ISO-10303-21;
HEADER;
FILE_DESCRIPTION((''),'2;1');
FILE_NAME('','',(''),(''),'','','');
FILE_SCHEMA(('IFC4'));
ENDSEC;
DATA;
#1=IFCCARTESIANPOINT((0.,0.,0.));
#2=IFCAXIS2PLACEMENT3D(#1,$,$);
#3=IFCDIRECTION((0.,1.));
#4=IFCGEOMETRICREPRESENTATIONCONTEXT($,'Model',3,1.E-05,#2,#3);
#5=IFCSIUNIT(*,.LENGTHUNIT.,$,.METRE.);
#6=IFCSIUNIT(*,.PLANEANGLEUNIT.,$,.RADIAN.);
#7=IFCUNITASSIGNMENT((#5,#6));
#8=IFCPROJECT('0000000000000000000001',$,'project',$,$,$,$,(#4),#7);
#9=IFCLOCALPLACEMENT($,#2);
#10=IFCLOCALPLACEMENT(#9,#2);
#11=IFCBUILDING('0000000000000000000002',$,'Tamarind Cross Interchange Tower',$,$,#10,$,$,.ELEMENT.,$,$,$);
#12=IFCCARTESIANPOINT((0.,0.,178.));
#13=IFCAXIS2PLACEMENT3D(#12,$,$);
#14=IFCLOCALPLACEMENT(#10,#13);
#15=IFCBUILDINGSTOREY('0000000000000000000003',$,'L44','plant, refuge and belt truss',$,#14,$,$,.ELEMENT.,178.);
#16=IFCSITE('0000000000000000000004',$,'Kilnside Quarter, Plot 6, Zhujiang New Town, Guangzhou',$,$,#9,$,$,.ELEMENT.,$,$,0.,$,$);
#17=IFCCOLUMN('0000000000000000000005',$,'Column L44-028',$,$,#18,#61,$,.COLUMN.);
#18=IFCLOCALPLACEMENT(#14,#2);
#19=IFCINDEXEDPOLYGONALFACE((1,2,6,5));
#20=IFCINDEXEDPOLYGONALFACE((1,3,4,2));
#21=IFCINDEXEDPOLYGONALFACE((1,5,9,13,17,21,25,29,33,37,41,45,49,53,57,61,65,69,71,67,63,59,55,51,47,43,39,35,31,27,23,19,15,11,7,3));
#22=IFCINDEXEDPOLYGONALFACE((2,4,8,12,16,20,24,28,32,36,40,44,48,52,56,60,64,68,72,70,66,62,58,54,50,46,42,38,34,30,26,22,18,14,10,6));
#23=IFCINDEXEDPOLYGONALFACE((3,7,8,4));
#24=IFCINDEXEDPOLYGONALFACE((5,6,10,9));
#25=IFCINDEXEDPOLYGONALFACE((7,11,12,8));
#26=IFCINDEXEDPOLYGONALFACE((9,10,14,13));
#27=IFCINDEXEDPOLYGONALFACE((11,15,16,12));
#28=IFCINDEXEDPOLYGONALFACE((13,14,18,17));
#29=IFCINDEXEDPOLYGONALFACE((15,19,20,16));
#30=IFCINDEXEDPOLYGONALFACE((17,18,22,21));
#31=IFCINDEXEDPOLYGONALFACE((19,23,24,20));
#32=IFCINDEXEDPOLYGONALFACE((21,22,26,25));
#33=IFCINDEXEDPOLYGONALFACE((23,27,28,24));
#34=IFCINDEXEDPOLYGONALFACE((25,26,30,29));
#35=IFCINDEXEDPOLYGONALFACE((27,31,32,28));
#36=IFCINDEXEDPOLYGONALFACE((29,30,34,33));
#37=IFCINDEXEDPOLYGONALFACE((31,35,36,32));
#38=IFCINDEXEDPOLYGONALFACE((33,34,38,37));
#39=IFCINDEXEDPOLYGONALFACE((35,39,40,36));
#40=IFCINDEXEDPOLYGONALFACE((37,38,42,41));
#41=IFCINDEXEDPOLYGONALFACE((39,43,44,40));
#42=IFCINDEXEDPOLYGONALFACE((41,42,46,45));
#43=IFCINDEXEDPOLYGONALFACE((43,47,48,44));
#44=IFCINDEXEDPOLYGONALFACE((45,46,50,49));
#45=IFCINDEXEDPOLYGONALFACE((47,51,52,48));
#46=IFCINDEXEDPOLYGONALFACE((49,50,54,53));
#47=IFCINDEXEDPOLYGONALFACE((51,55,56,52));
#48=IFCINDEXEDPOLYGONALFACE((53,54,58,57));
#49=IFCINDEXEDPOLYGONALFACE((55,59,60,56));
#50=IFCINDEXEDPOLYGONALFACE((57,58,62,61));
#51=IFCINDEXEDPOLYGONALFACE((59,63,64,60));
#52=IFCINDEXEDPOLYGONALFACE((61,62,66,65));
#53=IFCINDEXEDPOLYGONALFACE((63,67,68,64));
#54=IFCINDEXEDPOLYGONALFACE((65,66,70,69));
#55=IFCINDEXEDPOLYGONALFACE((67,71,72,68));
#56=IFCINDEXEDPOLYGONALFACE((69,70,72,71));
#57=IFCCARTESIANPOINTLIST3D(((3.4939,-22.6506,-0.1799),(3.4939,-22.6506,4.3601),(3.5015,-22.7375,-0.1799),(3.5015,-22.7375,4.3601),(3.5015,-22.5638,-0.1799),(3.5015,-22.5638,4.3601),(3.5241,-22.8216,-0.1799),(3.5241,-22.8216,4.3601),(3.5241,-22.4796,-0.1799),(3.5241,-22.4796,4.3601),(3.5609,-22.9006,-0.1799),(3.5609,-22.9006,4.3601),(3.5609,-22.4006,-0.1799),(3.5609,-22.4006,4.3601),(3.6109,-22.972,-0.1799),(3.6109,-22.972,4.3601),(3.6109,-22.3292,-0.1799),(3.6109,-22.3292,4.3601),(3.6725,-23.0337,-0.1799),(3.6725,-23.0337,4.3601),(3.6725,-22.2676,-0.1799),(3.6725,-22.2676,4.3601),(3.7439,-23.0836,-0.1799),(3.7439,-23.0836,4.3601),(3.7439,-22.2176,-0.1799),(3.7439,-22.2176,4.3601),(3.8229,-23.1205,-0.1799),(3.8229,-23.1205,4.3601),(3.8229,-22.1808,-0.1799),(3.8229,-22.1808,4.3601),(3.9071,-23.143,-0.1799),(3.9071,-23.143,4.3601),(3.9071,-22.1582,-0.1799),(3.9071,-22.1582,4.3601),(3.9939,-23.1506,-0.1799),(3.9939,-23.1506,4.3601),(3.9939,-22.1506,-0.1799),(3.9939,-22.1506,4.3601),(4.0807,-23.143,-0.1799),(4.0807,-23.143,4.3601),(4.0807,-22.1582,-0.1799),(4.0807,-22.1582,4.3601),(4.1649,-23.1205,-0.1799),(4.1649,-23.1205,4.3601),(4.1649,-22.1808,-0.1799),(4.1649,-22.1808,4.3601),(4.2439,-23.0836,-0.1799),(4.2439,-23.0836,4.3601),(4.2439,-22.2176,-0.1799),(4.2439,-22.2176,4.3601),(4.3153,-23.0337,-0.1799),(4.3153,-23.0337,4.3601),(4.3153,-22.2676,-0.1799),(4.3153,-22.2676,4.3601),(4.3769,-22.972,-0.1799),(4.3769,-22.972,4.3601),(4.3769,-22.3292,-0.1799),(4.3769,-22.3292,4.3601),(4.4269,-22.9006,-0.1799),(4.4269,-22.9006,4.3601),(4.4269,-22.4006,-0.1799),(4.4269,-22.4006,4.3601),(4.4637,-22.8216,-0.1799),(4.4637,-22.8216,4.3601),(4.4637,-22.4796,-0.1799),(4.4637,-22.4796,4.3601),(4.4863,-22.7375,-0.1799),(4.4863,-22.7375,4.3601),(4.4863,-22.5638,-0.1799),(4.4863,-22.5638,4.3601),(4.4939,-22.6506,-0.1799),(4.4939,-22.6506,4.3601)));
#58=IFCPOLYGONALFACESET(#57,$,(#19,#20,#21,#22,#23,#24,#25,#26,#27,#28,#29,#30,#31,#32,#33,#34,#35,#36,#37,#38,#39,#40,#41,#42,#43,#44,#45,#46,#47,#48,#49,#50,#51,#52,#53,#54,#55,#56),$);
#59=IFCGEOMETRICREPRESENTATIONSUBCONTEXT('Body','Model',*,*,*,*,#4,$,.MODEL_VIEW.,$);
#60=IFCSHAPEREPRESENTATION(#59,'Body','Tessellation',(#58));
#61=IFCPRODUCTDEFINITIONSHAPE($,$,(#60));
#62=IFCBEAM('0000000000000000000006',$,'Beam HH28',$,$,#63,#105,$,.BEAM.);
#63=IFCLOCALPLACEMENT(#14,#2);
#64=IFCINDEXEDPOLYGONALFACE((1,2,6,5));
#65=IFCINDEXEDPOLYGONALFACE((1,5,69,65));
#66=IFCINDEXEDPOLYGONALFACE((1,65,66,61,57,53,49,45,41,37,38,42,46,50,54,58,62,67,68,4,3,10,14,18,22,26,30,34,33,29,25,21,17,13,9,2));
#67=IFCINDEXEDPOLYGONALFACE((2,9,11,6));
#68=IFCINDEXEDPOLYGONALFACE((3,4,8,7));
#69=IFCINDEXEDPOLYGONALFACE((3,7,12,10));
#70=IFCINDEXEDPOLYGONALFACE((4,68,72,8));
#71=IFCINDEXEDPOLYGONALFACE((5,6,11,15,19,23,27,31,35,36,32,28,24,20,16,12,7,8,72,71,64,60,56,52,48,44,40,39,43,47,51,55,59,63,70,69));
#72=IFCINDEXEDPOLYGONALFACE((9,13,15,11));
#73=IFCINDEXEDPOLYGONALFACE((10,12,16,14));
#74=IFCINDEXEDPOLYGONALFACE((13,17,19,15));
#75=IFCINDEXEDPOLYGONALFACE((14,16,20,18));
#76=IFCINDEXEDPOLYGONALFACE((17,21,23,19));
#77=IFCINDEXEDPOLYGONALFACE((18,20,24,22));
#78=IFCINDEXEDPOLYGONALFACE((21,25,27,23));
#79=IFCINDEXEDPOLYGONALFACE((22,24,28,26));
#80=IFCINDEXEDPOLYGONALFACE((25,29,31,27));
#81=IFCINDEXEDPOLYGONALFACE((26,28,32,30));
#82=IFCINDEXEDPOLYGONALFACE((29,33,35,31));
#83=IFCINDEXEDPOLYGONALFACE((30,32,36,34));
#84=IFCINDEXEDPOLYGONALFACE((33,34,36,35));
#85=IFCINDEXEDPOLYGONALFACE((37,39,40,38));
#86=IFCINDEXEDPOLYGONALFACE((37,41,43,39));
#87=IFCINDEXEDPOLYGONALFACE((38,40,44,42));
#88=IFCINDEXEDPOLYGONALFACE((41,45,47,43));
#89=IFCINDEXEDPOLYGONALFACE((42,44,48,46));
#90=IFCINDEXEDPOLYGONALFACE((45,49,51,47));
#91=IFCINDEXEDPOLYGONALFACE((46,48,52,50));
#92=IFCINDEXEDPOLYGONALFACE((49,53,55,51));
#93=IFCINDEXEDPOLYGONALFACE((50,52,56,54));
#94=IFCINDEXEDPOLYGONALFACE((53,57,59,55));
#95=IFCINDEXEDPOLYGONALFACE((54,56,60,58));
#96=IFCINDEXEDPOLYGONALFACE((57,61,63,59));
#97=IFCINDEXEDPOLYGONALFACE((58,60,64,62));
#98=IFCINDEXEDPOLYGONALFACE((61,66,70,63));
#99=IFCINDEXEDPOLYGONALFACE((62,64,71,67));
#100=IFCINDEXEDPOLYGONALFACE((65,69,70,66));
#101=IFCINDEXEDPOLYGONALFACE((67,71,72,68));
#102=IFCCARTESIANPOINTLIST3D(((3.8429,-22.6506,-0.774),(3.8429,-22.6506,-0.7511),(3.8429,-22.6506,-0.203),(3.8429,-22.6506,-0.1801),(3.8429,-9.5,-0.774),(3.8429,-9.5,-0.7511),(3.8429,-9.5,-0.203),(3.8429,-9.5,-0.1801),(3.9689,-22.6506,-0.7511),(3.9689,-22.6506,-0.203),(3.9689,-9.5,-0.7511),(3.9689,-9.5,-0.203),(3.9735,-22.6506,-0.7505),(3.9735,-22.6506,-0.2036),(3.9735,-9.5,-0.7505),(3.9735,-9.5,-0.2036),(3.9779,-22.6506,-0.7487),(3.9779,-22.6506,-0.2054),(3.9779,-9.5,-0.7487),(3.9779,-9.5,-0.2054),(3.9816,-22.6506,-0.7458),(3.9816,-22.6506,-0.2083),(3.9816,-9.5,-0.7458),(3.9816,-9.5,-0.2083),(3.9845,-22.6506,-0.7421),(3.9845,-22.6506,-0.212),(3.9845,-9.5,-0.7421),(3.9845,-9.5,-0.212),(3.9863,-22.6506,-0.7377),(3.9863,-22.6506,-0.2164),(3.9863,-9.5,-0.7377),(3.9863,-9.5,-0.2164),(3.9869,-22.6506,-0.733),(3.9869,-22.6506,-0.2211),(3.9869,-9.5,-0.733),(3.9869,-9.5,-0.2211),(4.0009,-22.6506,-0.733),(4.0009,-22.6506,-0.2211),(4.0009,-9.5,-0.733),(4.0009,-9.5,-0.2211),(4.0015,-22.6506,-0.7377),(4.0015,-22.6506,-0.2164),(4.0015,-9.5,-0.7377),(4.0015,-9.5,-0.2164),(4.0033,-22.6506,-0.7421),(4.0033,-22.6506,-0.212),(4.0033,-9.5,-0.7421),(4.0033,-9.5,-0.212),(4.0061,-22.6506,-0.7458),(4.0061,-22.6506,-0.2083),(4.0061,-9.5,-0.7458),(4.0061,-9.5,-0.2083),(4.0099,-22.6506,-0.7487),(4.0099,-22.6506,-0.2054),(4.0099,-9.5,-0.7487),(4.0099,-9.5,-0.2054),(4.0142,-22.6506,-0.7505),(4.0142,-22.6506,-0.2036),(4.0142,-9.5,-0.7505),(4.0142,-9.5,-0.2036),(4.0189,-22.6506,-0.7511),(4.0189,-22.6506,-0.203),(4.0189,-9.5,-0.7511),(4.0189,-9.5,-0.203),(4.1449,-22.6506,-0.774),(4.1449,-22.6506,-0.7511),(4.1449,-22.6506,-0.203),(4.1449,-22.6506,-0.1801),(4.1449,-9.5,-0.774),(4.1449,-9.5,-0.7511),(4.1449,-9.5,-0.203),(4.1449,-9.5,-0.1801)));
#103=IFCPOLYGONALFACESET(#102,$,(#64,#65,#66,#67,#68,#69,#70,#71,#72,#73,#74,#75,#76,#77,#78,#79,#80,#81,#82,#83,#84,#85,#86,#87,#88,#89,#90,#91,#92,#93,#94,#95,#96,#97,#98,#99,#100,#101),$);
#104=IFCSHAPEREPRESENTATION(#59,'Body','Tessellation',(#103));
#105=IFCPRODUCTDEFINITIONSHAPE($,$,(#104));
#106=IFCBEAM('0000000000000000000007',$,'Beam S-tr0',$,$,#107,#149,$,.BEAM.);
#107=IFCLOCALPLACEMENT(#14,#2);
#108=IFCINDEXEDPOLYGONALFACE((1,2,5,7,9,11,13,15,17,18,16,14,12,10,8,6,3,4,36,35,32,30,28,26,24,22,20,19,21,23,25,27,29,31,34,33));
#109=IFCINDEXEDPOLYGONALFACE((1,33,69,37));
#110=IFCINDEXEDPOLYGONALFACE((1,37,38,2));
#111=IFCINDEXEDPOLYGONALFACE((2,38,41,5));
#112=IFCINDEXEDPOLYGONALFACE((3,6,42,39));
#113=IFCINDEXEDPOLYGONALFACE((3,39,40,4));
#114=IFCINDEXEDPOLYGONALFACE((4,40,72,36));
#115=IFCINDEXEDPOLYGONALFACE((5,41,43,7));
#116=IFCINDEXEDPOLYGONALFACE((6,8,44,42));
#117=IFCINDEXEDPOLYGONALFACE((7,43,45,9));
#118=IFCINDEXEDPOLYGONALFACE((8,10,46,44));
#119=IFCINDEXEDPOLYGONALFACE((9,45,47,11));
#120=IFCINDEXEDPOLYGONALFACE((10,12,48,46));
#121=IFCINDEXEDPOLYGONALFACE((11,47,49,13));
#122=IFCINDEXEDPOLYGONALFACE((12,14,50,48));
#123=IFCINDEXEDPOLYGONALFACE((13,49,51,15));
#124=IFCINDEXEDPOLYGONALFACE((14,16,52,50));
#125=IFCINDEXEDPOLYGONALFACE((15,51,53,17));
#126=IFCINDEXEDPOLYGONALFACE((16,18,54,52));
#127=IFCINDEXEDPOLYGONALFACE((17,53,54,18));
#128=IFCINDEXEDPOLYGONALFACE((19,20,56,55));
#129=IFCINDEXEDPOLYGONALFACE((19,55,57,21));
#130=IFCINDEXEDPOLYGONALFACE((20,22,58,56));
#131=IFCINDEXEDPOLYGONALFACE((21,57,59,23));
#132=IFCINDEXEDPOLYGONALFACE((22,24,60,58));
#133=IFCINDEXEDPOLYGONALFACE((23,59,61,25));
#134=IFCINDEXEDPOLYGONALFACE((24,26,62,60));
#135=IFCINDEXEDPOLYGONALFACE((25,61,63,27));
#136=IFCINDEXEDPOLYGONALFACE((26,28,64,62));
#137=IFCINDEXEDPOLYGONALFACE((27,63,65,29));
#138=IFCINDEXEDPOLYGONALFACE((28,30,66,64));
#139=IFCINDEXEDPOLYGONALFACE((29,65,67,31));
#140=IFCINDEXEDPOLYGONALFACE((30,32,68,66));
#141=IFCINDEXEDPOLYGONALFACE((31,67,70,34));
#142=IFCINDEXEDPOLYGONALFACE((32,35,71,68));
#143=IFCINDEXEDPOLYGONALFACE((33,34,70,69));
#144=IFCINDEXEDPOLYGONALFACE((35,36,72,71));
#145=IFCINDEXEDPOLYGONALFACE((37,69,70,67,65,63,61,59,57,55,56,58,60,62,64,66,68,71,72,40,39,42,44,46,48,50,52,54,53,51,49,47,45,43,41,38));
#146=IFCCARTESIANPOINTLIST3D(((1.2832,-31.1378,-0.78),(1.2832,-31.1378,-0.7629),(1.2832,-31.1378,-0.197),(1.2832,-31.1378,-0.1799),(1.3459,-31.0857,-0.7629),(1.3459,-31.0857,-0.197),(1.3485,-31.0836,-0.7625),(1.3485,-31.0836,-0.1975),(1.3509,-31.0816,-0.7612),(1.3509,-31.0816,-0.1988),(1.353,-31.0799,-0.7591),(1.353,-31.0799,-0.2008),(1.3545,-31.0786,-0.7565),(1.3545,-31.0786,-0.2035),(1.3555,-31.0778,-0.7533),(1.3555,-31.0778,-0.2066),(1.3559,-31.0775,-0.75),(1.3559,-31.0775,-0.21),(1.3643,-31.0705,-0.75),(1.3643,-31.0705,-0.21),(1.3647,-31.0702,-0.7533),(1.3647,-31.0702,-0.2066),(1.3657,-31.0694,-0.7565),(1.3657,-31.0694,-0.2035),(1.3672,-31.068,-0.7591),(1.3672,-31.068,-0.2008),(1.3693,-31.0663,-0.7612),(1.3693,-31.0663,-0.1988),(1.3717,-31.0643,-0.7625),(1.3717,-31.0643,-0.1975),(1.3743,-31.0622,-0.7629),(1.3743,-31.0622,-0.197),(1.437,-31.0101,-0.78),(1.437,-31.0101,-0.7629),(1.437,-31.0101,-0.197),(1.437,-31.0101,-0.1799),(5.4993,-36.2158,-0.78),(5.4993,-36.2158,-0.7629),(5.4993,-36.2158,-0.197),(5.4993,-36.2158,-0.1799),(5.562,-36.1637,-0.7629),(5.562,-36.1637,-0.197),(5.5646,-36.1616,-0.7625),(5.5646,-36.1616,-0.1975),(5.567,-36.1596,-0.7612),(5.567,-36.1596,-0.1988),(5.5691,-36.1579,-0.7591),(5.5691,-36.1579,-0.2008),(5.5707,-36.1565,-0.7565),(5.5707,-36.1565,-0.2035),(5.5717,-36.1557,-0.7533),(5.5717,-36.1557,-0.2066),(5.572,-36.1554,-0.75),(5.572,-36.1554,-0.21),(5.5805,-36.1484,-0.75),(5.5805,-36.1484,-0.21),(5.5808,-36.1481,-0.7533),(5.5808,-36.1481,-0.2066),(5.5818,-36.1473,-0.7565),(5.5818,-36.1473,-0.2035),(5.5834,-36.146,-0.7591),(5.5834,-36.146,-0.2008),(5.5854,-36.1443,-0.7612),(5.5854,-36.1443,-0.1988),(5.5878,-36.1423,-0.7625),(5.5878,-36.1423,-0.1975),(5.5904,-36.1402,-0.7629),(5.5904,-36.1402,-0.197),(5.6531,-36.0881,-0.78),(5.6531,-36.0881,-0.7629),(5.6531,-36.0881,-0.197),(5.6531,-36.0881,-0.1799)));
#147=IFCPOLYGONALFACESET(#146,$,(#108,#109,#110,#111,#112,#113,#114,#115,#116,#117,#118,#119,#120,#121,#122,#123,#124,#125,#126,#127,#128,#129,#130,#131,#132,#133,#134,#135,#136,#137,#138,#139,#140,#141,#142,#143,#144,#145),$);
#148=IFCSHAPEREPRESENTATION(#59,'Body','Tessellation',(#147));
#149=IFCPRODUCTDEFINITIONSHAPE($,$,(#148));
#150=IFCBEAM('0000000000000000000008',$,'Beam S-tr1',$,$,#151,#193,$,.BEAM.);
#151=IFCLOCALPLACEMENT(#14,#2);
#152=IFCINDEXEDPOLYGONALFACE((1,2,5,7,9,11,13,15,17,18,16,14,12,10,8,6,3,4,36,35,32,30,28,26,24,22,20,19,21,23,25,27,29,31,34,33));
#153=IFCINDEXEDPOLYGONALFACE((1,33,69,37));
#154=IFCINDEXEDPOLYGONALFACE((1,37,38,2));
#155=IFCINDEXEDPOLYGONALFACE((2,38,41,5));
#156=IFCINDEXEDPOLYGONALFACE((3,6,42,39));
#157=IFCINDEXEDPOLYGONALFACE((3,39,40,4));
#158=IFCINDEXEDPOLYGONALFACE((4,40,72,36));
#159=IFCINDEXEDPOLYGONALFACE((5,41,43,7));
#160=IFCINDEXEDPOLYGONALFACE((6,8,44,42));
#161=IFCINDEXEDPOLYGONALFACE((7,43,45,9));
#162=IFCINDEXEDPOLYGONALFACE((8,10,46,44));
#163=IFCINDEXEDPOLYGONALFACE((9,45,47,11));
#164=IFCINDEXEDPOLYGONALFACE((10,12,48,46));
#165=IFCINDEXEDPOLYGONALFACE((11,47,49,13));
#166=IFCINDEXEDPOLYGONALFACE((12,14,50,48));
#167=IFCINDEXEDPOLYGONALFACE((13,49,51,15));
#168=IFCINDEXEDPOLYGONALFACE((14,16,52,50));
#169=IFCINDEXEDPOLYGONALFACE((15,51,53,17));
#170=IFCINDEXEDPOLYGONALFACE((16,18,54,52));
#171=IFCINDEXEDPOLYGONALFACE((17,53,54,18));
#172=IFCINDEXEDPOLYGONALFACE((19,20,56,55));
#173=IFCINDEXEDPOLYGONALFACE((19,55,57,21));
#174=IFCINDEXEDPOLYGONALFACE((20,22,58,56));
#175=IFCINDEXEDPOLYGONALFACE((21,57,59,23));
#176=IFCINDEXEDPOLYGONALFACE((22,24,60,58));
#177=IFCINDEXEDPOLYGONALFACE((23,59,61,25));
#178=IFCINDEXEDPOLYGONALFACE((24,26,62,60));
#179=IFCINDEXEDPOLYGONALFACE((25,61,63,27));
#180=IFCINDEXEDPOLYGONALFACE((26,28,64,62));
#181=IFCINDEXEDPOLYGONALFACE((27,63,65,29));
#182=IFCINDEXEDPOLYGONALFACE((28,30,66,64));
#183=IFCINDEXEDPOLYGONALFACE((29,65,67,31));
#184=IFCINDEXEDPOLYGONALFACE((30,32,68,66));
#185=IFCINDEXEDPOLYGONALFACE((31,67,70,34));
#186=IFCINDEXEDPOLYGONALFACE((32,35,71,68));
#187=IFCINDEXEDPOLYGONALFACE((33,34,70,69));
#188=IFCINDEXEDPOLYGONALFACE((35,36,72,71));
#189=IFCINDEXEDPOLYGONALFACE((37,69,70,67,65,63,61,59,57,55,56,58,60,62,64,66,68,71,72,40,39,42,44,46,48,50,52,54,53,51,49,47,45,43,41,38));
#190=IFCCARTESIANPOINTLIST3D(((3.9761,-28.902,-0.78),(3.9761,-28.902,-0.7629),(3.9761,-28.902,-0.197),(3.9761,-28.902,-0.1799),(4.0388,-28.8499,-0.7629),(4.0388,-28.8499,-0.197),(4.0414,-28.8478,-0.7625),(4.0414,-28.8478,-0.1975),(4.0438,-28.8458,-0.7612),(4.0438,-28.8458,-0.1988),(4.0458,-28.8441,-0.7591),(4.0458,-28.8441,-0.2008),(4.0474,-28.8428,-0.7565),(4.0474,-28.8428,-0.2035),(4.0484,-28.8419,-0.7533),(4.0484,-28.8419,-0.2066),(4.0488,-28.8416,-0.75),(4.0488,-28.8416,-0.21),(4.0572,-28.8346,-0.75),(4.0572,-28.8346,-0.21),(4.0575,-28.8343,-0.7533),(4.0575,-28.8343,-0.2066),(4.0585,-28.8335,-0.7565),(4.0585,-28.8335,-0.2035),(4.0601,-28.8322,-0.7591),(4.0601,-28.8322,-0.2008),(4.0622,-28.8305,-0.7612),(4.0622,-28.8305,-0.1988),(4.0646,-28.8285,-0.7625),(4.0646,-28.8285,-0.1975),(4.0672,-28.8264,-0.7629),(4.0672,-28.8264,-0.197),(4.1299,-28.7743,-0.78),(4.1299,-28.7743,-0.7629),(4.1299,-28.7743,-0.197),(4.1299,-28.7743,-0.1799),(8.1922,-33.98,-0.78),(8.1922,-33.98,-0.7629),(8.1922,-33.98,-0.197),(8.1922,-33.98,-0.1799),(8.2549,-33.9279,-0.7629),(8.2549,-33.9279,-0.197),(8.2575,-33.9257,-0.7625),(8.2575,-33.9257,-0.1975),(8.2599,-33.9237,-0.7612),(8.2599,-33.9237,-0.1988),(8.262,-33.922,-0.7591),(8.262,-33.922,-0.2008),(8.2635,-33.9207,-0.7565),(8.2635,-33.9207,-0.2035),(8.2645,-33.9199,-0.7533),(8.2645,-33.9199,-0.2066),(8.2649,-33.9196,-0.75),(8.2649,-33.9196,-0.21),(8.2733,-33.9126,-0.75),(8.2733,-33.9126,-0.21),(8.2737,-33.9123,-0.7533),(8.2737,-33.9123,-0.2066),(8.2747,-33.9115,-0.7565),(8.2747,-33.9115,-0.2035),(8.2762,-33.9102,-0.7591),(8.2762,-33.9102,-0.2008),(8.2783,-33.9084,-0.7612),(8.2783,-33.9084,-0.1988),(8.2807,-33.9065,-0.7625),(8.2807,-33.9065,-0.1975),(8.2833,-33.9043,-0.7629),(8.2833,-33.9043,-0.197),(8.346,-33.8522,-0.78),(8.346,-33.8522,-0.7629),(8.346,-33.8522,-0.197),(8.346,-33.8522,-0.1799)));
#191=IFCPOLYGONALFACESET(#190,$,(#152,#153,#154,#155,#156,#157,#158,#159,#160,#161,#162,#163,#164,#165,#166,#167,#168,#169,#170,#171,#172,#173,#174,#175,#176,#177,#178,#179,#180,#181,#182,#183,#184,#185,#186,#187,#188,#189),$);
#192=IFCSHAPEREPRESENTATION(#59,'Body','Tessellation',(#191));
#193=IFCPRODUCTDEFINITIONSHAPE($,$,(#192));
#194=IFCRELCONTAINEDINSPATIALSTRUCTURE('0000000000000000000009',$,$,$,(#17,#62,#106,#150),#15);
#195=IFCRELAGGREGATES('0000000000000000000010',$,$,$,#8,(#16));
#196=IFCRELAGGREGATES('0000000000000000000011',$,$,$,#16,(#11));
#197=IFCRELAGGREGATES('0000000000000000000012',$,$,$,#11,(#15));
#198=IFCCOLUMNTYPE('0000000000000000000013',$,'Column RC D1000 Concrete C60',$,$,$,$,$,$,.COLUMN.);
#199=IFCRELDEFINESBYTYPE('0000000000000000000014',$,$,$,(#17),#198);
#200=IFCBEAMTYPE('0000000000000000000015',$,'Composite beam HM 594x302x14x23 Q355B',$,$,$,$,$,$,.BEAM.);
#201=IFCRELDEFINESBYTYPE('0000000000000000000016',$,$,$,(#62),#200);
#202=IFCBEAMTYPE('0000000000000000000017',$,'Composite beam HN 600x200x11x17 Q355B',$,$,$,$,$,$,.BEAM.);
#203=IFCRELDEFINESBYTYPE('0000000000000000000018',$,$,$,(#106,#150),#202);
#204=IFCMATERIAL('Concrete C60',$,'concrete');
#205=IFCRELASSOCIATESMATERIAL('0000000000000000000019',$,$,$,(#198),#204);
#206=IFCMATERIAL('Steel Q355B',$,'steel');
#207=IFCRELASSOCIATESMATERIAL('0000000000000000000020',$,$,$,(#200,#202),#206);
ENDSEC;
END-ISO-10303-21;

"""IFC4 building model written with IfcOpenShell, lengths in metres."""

from ifc_helpers import new_model, si_unit, direction, frame, origin, origin_2d, place, context, subcontext, project, spatial, circle, i_section, extrude, material, material_profile, profile_set, type_object, element, save


model = new_model("IFC4")

# Units and contexts
model_context = context("Model", 3, precision=1e-05, world=origin(), true_north=direction((0.0, 1.0)))
body_context = subcontext(model_context, "Body", "Model", "MODEL_VIEW")
ifc_project = project(units=[si_unit("LENGTHUNIT", "METRE"), si_unit("PLANEANGLEUNIT", "RADIAN")], contexts=[model_context])

# Site, building, storey
site_placement = place(None, origin())
site = spatial("IfcSite", under=ifc_project, at=site_placement, Name="Kilnside Quarter, Plot 6, Zhujiang New Town, Guangzhou", CompositionType="ELEMENT", RefElevation=0.0)
building_placement = place(site_placement, origin())
building = spatial("IfcBuilding", under=site, at=building_placement, Name="Tamarind Cross Interchange Tower", CompositionType="ELEMENT")
storey_placement = place(building_placement, frame((0.0, 0.0, 178.0)))
storey = spatial("IfcBuildingStorey", under=building, at=storey_placement, Name="L44", Description="plant, refuge and belt truss", CompositionType="ELEMENT", Elevation=178.0)

# Column
ifc_material_1 = material(Name="Concrete C60", Category="concrete")
ifc_material_profile_1 = material_profile(ifc_material_1, circle(Radius=0.5, at=origin_2d()), Name="RC D1000")
ifc_profile_set_1 = profile_set([ifc_material_profile_1], Name="Concrete C60")
column_type = type_object("IfcColumnType", Name="Column RC D1000 Concrete C60", PredefinedType="COLUMN", material=ifc_profile_set_1)
column_placement = place(storey_placement, frame((3.9939, -22.6506, -0.1799), z_axis=(0.0, 0.0, 1.0), x_axis=(1.0, 0.0, 0.0)))
element("IfcColumn", 1, at=column_placement, inside=storey, type_object=column_type, Name="Column L44-028", PredefinedType="COLUMN", context=body_context, shape_type="SweptSolid", body=[
    extrude(circle(Radius=0.5, at=origin_2d()), origin(), (0.0, 0.0, 1.0), 4.54),
])

# Beams
ifc_material_2 = material(Name="Steel Q355B", Category="steel")
ifc_material_profile_2 = material_profile(ifc_material_2, i_section(OverallWidth=0.302, OverallDepth=0.594, WebThickness=0.0139, FlangeThickness=0.0229, FilletRadius=0.0181, at=origin_2d()), Name="HM 594x302x14x23")
ifc_profile_set_2 = profile_set([ifc_material_profile_2], Name="Steel Q355B")
beam_type_1 = type_object("IfcBeamType", Name="Composite beam HM 594x302x14x23 Q355B", PredefinedType="BEAM", material=ifc_profile_set_2)
beam_1_placement = place(storey_placement, frame((3.9939, -22.6506, -0.4771), z_axis=(0.0, 1.0, 0.0), x_axis=(-1.0, 0.0, 0.0)))
element("IfcBeam", 2, at=beam_1_placement, inside=storey, type_object=beam_type_1, Name="Beam HH28", PredefinedType="BEAM", context=body_context, shape_type="SweptSolid", body=[
    extrude(i_section(OverallWidth=0.302, OverallDepth=0.594, WebThickness=0.0139, FlangeThickness=0.0229, FilletRadius=0.0181, at=origin_2d()), origin(), (0.0, 0.0, 1.0), 13.1506),
])
ifc_material_profile_3 = material_profile(ifc_material_2, i_section(OverallWidth=0.2, OverallDepth=0.6001, WebThickness=0.011, FlangeThickness=0.0171, FilletRadius=0.0129, at=origin_2d()), Name="HN 600x200x11x17")
ifc_profile_set_3 = profile_set([ifc_material_profile_3], Name="Steel Q355B")
beam_type_2 = type_object("IfcBeamType", Name="Composite beam HN 600x200x11x17 Q355B", PredefinedType="BEAM", material=ifc_profile_set_3)
for number, where, z_axis, x_axis, name in (
    (3, (1.3601, -31.074, -0.48), (0.638797, -0.769375, 0.0), (0.769375, 0.638797, 0.0), "Beam S-tr0"),
    (4, (4.053, -28.8381, -0.48), (0.638797, -0.769375, 0.0), (0.769375, 0.638797, 0.0), "Beam S-tr1"),
):
    element("IfcBeam", number, at=place(storey_placement, frame(where, z_axis=z_axis, x_axis=x_axis)), inside=storey, type_object=beam_type_2, Name=name, PredefinedType="BEAM", context=body_context, shape_type="SweptSolid", body=[
        extrude(i_section(OverallWidth=0.2, OverallDepth=0.6001, WebThickness=0.011, FlangeThickness=0.0171, FilletRadius=0.0129, at=origin_2d()), origin(), (0.0, 0.0, 1.0), 6.6001),
    ])

save(model, "model.ifc")
